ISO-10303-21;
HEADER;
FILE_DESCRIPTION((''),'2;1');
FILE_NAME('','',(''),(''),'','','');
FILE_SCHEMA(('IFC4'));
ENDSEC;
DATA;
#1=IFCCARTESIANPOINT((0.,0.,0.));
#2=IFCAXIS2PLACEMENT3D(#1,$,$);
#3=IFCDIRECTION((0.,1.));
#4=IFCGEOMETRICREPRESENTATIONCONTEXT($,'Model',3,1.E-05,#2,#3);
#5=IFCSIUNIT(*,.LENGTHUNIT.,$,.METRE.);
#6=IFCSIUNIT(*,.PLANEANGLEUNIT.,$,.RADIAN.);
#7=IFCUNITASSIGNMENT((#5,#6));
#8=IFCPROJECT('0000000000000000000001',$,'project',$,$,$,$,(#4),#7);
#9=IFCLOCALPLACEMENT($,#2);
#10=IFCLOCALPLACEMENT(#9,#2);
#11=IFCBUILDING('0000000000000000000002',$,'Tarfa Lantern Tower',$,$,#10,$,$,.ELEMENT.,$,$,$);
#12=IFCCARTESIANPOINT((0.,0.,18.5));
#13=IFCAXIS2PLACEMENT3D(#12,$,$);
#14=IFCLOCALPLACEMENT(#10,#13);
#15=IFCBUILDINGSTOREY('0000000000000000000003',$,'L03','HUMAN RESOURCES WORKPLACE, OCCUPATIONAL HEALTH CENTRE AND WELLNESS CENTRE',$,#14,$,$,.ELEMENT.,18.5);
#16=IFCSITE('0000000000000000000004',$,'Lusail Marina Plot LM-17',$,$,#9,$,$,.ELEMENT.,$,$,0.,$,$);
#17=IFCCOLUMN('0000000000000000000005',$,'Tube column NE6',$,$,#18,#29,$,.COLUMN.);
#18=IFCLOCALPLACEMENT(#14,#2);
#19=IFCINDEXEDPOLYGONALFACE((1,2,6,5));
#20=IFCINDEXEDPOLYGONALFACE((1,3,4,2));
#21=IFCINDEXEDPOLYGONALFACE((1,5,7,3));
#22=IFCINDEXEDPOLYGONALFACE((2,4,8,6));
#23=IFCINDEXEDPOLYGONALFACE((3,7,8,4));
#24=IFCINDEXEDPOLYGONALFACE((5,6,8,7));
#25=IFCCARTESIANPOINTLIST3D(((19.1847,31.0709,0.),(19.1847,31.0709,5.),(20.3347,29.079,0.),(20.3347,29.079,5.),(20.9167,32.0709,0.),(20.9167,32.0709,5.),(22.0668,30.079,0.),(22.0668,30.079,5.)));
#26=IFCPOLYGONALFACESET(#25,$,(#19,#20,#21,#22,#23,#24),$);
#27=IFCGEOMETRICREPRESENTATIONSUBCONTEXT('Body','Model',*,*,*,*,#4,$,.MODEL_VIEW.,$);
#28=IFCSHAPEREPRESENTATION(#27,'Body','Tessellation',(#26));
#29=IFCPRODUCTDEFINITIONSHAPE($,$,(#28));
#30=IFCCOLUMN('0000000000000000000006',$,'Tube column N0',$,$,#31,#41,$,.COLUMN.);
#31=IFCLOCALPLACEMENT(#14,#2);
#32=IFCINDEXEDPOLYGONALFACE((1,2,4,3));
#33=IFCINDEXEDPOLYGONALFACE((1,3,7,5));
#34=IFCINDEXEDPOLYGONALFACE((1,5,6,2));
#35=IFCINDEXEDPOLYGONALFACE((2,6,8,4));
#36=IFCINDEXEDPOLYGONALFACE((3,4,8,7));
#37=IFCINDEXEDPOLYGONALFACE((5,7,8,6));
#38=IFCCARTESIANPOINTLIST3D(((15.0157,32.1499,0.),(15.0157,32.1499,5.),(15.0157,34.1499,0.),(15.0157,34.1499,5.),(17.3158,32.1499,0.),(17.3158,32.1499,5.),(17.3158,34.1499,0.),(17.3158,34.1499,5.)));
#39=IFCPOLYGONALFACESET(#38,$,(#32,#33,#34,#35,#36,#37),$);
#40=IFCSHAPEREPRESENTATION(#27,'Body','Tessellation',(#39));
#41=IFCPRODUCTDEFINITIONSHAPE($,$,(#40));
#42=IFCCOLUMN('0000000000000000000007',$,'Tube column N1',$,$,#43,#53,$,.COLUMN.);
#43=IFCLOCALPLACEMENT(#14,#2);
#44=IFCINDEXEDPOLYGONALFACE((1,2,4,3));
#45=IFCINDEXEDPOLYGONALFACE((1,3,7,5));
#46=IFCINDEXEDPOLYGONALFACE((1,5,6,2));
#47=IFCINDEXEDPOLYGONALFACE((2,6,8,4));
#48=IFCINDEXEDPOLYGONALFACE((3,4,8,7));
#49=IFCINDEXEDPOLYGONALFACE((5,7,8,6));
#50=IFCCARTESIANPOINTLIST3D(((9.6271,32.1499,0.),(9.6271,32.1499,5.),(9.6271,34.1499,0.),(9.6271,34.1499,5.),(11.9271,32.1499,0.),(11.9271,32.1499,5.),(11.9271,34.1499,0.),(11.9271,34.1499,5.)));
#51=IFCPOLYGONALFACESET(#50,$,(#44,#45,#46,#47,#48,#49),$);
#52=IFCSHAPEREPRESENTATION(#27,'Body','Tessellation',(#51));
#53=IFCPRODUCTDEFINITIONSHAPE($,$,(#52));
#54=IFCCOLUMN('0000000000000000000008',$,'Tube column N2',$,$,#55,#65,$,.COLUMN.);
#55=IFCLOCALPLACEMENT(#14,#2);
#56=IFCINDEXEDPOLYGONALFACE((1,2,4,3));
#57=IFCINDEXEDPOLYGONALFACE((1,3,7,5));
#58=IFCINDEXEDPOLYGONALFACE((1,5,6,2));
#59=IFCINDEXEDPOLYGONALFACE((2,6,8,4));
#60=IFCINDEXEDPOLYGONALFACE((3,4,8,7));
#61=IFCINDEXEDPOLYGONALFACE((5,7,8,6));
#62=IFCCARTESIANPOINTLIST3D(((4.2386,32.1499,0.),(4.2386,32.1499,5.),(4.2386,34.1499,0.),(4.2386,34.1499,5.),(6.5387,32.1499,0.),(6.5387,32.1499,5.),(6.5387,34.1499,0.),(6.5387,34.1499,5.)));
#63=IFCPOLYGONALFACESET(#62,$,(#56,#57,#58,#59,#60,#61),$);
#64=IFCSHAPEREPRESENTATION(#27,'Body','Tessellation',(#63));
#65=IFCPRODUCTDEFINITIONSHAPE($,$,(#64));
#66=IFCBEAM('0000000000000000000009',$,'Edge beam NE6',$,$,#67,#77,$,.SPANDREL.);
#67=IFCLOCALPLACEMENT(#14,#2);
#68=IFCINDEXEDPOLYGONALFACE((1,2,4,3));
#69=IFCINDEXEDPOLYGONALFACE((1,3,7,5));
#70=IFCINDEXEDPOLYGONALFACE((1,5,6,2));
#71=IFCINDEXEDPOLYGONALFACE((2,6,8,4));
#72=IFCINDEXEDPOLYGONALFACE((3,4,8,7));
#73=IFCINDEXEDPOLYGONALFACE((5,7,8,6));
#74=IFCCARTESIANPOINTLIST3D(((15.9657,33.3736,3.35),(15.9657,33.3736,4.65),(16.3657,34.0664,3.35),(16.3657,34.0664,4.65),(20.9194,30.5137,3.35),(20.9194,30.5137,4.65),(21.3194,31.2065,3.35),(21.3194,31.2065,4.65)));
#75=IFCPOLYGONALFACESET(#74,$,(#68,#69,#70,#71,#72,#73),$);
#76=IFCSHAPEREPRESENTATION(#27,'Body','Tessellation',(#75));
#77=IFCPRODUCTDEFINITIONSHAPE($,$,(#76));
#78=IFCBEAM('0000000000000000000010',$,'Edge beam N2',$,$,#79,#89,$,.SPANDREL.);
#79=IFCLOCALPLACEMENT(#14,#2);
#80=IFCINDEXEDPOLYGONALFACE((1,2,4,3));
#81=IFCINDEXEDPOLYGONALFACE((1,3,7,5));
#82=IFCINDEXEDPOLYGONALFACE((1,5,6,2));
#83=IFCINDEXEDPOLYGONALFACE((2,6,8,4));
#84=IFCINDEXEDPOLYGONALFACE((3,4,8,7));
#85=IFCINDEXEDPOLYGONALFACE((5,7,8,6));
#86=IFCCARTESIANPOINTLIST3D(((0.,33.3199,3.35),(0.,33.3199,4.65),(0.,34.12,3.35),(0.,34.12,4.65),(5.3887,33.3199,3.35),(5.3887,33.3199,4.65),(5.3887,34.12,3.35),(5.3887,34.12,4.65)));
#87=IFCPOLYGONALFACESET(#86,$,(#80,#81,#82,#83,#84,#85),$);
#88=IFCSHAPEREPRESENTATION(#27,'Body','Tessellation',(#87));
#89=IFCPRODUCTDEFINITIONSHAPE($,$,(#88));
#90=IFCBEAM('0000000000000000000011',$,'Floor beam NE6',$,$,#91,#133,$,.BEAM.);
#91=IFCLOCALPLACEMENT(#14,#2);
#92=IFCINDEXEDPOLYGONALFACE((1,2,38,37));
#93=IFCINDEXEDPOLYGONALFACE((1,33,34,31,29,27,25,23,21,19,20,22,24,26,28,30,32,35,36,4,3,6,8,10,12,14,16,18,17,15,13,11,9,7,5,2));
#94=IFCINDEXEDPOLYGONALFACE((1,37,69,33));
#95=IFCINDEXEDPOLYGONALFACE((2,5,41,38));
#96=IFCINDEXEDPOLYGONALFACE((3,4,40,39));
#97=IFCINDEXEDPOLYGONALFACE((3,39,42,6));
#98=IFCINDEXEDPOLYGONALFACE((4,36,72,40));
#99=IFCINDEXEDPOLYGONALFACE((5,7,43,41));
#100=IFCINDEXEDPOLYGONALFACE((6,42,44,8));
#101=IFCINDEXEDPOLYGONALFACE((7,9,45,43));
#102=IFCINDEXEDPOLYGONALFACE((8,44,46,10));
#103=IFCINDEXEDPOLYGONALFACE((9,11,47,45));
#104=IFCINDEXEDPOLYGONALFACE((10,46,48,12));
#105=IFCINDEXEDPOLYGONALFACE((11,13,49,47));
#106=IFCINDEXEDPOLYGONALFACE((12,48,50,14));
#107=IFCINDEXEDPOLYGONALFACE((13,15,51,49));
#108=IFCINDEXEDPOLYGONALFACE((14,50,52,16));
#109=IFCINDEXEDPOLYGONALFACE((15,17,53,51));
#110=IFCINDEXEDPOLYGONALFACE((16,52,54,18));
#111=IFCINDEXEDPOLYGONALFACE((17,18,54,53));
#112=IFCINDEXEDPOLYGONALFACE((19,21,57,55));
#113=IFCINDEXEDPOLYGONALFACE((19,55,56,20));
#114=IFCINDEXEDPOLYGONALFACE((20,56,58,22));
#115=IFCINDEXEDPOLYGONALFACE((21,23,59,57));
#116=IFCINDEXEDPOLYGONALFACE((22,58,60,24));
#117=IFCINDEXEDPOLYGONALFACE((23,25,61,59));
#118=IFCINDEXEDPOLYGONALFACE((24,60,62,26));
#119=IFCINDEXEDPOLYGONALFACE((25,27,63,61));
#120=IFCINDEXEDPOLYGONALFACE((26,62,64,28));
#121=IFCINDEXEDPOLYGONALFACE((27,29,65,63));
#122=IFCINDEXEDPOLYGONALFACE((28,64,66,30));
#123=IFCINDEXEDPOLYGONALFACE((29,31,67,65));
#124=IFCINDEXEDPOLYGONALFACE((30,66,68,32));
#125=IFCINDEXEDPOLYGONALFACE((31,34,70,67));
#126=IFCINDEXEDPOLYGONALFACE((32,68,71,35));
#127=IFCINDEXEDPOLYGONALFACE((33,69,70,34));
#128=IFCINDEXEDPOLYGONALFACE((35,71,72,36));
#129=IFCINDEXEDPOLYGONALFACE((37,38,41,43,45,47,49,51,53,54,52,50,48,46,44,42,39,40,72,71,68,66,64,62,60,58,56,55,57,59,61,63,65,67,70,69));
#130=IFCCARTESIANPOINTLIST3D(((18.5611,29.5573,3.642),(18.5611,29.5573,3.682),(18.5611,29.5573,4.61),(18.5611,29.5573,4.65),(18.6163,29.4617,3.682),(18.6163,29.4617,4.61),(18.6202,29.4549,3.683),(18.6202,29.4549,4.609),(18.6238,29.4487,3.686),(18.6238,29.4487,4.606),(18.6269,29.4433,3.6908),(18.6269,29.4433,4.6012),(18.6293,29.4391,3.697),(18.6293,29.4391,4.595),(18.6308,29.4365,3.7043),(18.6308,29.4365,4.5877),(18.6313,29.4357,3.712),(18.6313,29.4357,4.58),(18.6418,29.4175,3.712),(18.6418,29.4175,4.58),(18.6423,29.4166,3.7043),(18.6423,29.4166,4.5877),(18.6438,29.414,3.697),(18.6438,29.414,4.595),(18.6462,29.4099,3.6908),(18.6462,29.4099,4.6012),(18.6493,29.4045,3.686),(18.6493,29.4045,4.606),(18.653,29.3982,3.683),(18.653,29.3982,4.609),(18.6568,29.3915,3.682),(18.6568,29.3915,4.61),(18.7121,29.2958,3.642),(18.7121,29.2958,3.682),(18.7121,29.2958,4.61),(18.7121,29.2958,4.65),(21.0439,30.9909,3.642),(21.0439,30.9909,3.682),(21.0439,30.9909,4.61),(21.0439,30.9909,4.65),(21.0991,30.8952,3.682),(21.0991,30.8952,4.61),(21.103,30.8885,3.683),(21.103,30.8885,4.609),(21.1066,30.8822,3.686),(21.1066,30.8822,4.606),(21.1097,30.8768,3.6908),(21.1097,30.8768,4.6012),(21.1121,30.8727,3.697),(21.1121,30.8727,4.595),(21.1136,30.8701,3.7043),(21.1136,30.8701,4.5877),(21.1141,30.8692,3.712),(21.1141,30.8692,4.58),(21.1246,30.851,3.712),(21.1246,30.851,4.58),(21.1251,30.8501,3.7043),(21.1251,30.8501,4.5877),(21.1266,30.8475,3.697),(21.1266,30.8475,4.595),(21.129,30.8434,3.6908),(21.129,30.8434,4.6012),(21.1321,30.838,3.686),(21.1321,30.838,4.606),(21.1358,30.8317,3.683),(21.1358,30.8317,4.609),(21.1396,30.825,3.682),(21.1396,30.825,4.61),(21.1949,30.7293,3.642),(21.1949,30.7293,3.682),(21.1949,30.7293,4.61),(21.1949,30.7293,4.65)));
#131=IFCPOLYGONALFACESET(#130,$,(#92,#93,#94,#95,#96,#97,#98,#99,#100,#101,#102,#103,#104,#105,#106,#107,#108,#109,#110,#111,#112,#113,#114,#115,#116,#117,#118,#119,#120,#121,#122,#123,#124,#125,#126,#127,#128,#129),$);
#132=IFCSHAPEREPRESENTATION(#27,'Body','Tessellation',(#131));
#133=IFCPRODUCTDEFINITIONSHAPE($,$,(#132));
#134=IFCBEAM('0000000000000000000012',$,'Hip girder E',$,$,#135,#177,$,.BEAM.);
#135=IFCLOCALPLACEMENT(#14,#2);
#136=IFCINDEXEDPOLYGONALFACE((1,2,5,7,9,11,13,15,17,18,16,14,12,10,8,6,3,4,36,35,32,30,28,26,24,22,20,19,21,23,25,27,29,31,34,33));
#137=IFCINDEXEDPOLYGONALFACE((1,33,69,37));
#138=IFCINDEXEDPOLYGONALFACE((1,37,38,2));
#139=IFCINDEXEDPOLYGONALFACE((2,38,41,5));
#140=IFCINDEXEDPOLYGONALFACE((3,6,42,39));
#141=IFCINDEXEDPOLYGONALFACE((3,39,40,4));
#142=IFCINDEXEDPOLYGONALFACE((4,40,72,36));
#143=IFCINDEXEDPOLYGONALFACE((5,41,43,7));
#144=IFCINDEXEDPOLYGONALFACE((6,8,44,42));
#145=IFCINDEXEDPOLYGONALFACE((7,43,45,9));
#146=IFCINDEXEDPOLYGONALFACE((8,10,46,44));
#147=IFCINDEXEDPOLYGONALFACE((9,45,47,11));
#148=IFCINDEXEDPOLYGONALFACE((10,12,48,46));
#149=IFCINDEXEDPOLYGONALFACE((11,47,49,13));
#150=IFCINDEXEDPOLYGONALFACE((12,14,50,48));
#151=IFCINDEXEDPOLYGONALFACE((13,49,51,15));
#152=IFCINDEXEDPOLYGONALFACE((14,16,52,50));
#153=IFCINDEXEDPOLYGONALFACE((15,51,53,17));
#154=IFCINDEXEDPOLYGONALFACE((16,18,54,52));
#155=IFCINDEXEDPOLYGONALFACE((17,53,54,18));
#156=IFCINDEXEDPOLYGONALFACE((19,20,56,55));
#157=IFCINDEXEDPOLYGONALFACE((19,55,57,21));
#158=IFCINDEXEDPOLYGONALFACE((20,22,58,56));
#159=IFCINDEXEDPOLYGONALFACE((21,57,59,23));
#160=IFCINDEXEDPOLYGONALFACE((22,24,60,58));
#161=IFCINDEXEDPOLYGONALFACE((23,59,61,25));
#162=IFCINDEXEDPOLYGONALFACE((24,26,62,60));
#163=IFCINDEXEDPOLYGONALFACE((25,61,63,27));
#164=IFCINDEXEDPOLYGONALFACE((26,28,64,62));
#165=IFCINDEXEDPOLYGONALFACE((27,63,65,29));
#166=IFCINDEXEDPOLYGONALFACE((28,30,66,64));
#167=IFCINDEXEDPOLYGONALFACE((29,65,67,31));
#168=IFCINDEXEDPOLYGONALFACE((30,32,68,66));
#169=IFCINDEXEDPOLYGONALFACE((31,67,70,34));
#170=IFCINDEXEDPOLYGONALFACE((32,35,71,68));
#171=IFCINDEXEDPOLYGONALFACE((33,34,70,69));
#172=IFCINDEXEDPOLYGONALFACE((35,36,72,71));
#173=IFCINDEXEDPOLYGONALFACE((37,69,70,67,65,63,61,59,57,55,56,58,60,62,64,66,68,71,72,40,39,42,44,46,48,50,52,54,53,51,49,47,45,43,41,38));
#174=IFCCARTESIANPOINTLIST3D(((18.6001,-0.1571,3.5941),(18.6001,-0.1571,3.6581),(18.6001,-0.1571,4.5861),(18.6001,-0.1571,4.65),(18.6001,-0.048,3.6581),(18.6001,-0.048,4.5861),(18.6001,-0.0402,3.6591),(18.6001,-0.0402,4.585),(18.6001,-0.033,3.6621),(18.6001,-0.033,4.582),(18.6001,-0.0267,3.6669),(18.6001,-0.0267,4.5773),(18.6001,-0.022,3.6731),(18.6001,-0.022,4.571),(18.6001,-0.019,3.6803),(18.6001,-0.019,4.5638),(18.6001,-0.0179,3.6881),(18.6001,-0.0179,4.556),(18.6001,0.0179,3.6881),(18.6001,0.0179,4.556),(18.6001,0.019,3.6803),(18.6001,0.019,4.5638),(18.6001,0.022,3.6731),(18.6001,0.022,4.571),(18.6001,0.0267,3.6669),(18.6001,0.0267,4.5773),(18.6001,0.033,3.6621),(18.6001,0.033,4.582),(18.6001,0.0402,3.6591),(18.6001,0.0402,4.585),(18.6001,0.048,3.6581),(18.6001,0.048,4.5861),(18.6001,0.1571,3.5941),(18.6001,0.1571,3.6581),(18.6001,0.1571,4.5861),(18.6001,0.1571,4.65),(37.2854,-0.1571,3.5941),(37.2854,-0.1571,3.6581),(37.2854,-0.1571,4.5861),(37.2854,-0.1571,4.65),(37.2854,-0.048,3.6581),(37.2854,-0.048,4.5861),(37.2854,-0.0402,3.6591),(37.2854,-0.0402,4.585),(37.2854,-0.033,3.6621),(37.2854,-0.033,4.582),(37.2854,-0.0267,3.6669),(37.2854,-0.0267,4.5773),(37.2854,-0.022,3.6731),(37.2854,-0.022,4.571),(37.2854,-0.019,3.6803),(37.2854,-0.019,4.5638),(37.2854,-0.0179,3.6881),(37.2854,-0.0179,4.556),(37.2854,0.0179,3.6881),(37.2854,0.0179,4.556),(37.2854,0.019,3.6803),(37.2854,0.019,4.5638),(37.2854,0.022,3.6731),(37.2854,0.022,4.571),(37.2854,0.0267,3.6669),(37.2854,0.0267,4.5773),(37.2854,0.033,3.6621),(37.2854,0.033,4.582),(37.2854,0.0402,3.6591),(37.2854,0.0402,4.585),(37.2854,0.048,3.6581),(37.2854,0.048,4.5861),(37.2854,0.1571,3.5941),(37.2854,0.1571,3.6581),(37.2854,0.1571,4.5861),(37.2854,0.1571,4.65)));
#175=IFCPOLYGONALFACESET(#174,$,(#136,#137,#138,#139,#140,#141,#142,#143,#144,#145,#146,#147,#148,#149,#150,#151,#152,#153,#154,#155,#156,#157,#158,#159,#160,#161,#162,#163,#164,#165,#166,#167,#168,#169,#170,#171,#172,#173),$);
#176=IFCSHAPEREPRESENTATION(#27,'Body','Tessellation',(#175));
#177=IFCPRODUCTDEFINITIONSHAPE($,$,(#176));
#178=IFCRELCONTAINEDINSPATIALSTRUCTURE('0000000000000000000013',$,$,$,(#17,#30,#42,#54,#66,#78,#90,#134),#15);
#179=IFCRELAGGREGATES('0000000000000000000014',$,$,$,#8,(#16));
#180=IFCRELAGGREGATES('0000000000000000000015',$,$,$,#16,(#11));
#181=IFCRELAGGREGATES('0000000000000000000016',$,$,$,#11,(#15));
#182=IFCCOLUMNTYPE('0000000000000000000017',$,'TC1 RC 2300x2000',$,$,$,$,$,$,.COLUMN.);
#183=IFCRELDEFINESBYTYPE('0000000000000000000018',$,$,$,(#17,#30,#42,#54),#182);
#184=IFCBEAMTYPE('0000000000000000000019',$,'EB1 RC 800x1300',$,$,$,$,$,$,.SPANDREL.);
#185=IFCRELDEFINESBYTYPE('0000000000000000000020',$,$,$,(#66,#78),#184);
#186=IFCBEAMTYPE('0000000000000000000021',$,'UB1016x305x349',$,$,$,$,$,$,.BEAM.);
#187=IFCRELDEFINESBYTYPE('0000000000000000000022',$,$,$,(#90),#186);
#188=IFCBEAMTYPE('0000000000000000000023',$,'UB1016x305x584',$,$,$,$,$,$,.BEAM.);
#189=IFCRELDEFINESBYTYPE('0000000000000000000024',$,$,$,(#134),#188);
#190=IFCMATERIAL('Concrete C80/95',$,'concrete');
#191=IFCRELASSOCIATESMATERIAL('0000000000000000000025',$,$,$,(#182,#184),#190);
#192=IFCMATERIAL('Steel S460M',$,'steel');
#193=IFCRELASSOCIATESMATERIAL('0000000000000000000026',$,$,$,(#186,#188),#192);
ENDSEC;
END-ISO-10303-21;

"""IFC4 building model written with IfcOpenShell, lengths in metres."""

from ifc_helpers import new_model, si_unit, direction, frame, origin, origin_2d, place, context, subcontext, project, spatial, rectangle, i_section, extrude, material, material_profile, profile_set, type_object, element, save


model = new_model("IFC4")

# Units and contexts
model_context = context("Model", 3, precision=1e-05, world=origin(), true_north=direction((0.0, 1.0)))
body_context = subcontext(model_context, "Body", "Model", "MODEL_VIEW")
ifc_project = project(units=[si_unit("LENGTHUNIT", "METRE"), si_unit("PLANEANGLEUNIT", "RADIAN")], contexts=[model_context])

# Site, building, storey
site_placement = place(None, origin())
site = spatial("IfcSite", under=ifc_project, at=site_placement, Name="Lusail Marina Plot LM-17", CompositionType="ELEMENT", RefElevation=0.0)
building_placement = place(site_placement, origin())
building = spatial("IfcBuilding", under=site, at=building_placement, Name="Tarfa Lantern Tower", CompositionType="ELEMENT")
storey_placement = place(building_placement, frame((0.0, 0.0, 18.5)))
storey = spatial("IfcBuildingStorey", under=building, at=storey_placement, Name="L03", Description="HUMAN RESOURCES WORKPLACE, OCCUPATIONAL HEALTH CENTRE AND WELLNESS CENTRE", CompositionType="ELEMENT", Elevation=18.5)

# Columns
ifc_material_1 = material(Name="Concrete C80/95", Category="concrete")
ifc_material_profile_1 = material_profile(ifc_material_1, rectangle(XDim=2.3, YDim=2.0, at=origin_2d()), Name="RC 2300x2000")
ifc_profile_set_1 = profile_set([ifc_material_profile_1], Name="Concrete C80/95")
column_type = type_object("IfcColumnType", Name="TC1 RC 2300x2000", PredefinedType="COLUMN", material=ifc_profile_set_1)
for number, where, z_axis, x_axis, name in (
    (1, (20.6257, 30.575, 0.0), (0.0, 0.0, 1.0), (-0.5, 0.866025, 0.0), "Tube column NE6"),
    (2, (16.1658, 33.1499, 0.0), (0.0, 0.0, 1.0), (-1.0, 0.0, 0.0), "Tube column N0"),
    (3, (10.7771, 33.1499, 0.0), (0.0, 0.0, 1.0), (-1.0, 0.0, 0.0), "Tube column N1"),
    (4, (5.3887, 33.1499, 0.0), (0.0, 0.0, 1.0), (-1.0, 0.0, 0.0), "Tube column N2"),
):
    element("IfcColumn", number, at=place(storey_placement, frame(where, z_axis=z_axis, x_axis=x_axis)), inside=storey, type_object=column_type, Name=name, PredefinedType="COLUMN", context=body_context, shape_type="SweptSolid", body=[
        extrude(rectangle(XDim=2.3, YDim=2.0, at=origin_2d()), origin(), (0.0, 0.0, 1.0), 5.0),
    ])

# Beams
ifc_material_profile_2 = material_profile(ifc_material_1, rectangle(XDim=0.8, YDim=1.3, at=origin_2d()), Name="RC 800x1300")
ifc_profile_set_2 = profile_set([ifc_material_profile_2], Name="Concrete C80/95")
beam_type_1 = type_object("IfcBeamType", Name="EB1 RC 800x1300", PredefinedType="SPANDREL", material=ifc_profile_set_2)
beam_1_placement = place(storey_placement, frame((21.1194, 30.8601, 4.0), z_axis=(-0.866033, 0.499986, 0.0), x_axis=(-0.499986, -0.866033, 0.0)))
element("IfcBeam", 5, at=beam_1_placement, inside=storey, type_object=beam_type_1, Name="Edge beam NE6", PredefinedType="SPANDREL", context=body_context, shape_type="SweptSolid", body=[
    extrude(rectangle(XDim=0.8, YDim=1.3, at=origin_2d()), origin(), (0.0, 0.0, 1.0), 5.72),
])
beam_2_placement = place(storey_placement, frame((5.3887, 33.72, 4.0), z_axis=(-1.0, 0.0, 0.0), x_axis=(0.0, -1.0, 0.0)))
element("IfcBeam", 6, at=beam_2_placement, inside=storey, type_object=beam_type_1, Name="Edge beam N2", PredefinedType="SPANDREL", context=body_context, shape_type="SweptSolid", body=[
    extrude(rectangle(XDim=0.8, YDim=1.3, at=origin_2d()), origin(), (0.0, 0.0, 1.0), 5.3887),
])
ifc_material_2 = material(Name="Steel S460M", Category="steel")
ifc_material_profile_3 = material_profile(ifc_material_2, i_section(OverallWidth=0.302, OverallDepth=1.0081, WebThickness=0.021, FlangeThickness=0.04, FilletRadius=0.03, at=origin_2d()), Name="UB1016x305x349")
ifc_profile_set_3 = profile_set([ifc_material_profile_3], Name="Steel S460M")
beam_type_2 = type_object("IfcBeamType", Name="UB1016x305x349", PredefinedType="BEAM", material=ifc_profile_set_3)
beam_3_placement = place(storey_placement, frame((21.1194, 30.8601, 4.146), z_axis=(-0.866013, -0.500022, 0.0), x_axis=(0.500022, -0.866013, 0.0)))
element("IfcBeam", 7, at=beam_3_placement, inside=storey, type_object=beam_type_2, Name="Floor beam NE6", PredefinedType="BEAM", context=body_context, shape_type="SweptSolid", body=[
    extrude(i_section(OverallWidth=0.302, OverallDepth=1.0081, WebThickness=0.021, FlangeThickness=0.04, FilletRadius=0.03, at=origin_2d()), origin(), (0.0, 0.0, 1.0), 2.8669),
])
ifc_material_profile_4 = material_profile(ifc_material_2, i_section(OverallWidth=0.3142, OverallDepth=1.0559, WebThickness=0.0359, FlangeThickness=0.064, FilletRadius=0.03, at=origin_2d()), Name="UB1016x305x584")
ifc_profile_set_4 = profile_set([ifc_material_profile_4], Name="Steel S460M")
beam_type_3 = type_object("IfcBeamType", Name="UB1016x305x584", PredefinedType="BEAM", material=ifc_profile_set_4)
beam_4_placement = place(storey_placement, frame((18.6001, 0.0, 4.1221), z_axis=(1.0, 0.0, 0.0), x_axis=(0.0, 1.0, 0.0)))
element("IfcBeam", 8, at=beam_4_placement, inside=storey, type_object=beam_type_3, Name="Hip girder E", PredefinedType="BEAM", context=body_context, shape_type="SweptSolid", body=[
    extrude(i_section(OverallWidth=0.3142, OverallDepth=1.0559, WebThickness=0.0359, FlangeThickness=0.064, FilletRadius=0.03, at=origin_2d()), origin(), (0.0, 0.0, 1.0), 18.6853),
])

save(model, "model.ifc")
